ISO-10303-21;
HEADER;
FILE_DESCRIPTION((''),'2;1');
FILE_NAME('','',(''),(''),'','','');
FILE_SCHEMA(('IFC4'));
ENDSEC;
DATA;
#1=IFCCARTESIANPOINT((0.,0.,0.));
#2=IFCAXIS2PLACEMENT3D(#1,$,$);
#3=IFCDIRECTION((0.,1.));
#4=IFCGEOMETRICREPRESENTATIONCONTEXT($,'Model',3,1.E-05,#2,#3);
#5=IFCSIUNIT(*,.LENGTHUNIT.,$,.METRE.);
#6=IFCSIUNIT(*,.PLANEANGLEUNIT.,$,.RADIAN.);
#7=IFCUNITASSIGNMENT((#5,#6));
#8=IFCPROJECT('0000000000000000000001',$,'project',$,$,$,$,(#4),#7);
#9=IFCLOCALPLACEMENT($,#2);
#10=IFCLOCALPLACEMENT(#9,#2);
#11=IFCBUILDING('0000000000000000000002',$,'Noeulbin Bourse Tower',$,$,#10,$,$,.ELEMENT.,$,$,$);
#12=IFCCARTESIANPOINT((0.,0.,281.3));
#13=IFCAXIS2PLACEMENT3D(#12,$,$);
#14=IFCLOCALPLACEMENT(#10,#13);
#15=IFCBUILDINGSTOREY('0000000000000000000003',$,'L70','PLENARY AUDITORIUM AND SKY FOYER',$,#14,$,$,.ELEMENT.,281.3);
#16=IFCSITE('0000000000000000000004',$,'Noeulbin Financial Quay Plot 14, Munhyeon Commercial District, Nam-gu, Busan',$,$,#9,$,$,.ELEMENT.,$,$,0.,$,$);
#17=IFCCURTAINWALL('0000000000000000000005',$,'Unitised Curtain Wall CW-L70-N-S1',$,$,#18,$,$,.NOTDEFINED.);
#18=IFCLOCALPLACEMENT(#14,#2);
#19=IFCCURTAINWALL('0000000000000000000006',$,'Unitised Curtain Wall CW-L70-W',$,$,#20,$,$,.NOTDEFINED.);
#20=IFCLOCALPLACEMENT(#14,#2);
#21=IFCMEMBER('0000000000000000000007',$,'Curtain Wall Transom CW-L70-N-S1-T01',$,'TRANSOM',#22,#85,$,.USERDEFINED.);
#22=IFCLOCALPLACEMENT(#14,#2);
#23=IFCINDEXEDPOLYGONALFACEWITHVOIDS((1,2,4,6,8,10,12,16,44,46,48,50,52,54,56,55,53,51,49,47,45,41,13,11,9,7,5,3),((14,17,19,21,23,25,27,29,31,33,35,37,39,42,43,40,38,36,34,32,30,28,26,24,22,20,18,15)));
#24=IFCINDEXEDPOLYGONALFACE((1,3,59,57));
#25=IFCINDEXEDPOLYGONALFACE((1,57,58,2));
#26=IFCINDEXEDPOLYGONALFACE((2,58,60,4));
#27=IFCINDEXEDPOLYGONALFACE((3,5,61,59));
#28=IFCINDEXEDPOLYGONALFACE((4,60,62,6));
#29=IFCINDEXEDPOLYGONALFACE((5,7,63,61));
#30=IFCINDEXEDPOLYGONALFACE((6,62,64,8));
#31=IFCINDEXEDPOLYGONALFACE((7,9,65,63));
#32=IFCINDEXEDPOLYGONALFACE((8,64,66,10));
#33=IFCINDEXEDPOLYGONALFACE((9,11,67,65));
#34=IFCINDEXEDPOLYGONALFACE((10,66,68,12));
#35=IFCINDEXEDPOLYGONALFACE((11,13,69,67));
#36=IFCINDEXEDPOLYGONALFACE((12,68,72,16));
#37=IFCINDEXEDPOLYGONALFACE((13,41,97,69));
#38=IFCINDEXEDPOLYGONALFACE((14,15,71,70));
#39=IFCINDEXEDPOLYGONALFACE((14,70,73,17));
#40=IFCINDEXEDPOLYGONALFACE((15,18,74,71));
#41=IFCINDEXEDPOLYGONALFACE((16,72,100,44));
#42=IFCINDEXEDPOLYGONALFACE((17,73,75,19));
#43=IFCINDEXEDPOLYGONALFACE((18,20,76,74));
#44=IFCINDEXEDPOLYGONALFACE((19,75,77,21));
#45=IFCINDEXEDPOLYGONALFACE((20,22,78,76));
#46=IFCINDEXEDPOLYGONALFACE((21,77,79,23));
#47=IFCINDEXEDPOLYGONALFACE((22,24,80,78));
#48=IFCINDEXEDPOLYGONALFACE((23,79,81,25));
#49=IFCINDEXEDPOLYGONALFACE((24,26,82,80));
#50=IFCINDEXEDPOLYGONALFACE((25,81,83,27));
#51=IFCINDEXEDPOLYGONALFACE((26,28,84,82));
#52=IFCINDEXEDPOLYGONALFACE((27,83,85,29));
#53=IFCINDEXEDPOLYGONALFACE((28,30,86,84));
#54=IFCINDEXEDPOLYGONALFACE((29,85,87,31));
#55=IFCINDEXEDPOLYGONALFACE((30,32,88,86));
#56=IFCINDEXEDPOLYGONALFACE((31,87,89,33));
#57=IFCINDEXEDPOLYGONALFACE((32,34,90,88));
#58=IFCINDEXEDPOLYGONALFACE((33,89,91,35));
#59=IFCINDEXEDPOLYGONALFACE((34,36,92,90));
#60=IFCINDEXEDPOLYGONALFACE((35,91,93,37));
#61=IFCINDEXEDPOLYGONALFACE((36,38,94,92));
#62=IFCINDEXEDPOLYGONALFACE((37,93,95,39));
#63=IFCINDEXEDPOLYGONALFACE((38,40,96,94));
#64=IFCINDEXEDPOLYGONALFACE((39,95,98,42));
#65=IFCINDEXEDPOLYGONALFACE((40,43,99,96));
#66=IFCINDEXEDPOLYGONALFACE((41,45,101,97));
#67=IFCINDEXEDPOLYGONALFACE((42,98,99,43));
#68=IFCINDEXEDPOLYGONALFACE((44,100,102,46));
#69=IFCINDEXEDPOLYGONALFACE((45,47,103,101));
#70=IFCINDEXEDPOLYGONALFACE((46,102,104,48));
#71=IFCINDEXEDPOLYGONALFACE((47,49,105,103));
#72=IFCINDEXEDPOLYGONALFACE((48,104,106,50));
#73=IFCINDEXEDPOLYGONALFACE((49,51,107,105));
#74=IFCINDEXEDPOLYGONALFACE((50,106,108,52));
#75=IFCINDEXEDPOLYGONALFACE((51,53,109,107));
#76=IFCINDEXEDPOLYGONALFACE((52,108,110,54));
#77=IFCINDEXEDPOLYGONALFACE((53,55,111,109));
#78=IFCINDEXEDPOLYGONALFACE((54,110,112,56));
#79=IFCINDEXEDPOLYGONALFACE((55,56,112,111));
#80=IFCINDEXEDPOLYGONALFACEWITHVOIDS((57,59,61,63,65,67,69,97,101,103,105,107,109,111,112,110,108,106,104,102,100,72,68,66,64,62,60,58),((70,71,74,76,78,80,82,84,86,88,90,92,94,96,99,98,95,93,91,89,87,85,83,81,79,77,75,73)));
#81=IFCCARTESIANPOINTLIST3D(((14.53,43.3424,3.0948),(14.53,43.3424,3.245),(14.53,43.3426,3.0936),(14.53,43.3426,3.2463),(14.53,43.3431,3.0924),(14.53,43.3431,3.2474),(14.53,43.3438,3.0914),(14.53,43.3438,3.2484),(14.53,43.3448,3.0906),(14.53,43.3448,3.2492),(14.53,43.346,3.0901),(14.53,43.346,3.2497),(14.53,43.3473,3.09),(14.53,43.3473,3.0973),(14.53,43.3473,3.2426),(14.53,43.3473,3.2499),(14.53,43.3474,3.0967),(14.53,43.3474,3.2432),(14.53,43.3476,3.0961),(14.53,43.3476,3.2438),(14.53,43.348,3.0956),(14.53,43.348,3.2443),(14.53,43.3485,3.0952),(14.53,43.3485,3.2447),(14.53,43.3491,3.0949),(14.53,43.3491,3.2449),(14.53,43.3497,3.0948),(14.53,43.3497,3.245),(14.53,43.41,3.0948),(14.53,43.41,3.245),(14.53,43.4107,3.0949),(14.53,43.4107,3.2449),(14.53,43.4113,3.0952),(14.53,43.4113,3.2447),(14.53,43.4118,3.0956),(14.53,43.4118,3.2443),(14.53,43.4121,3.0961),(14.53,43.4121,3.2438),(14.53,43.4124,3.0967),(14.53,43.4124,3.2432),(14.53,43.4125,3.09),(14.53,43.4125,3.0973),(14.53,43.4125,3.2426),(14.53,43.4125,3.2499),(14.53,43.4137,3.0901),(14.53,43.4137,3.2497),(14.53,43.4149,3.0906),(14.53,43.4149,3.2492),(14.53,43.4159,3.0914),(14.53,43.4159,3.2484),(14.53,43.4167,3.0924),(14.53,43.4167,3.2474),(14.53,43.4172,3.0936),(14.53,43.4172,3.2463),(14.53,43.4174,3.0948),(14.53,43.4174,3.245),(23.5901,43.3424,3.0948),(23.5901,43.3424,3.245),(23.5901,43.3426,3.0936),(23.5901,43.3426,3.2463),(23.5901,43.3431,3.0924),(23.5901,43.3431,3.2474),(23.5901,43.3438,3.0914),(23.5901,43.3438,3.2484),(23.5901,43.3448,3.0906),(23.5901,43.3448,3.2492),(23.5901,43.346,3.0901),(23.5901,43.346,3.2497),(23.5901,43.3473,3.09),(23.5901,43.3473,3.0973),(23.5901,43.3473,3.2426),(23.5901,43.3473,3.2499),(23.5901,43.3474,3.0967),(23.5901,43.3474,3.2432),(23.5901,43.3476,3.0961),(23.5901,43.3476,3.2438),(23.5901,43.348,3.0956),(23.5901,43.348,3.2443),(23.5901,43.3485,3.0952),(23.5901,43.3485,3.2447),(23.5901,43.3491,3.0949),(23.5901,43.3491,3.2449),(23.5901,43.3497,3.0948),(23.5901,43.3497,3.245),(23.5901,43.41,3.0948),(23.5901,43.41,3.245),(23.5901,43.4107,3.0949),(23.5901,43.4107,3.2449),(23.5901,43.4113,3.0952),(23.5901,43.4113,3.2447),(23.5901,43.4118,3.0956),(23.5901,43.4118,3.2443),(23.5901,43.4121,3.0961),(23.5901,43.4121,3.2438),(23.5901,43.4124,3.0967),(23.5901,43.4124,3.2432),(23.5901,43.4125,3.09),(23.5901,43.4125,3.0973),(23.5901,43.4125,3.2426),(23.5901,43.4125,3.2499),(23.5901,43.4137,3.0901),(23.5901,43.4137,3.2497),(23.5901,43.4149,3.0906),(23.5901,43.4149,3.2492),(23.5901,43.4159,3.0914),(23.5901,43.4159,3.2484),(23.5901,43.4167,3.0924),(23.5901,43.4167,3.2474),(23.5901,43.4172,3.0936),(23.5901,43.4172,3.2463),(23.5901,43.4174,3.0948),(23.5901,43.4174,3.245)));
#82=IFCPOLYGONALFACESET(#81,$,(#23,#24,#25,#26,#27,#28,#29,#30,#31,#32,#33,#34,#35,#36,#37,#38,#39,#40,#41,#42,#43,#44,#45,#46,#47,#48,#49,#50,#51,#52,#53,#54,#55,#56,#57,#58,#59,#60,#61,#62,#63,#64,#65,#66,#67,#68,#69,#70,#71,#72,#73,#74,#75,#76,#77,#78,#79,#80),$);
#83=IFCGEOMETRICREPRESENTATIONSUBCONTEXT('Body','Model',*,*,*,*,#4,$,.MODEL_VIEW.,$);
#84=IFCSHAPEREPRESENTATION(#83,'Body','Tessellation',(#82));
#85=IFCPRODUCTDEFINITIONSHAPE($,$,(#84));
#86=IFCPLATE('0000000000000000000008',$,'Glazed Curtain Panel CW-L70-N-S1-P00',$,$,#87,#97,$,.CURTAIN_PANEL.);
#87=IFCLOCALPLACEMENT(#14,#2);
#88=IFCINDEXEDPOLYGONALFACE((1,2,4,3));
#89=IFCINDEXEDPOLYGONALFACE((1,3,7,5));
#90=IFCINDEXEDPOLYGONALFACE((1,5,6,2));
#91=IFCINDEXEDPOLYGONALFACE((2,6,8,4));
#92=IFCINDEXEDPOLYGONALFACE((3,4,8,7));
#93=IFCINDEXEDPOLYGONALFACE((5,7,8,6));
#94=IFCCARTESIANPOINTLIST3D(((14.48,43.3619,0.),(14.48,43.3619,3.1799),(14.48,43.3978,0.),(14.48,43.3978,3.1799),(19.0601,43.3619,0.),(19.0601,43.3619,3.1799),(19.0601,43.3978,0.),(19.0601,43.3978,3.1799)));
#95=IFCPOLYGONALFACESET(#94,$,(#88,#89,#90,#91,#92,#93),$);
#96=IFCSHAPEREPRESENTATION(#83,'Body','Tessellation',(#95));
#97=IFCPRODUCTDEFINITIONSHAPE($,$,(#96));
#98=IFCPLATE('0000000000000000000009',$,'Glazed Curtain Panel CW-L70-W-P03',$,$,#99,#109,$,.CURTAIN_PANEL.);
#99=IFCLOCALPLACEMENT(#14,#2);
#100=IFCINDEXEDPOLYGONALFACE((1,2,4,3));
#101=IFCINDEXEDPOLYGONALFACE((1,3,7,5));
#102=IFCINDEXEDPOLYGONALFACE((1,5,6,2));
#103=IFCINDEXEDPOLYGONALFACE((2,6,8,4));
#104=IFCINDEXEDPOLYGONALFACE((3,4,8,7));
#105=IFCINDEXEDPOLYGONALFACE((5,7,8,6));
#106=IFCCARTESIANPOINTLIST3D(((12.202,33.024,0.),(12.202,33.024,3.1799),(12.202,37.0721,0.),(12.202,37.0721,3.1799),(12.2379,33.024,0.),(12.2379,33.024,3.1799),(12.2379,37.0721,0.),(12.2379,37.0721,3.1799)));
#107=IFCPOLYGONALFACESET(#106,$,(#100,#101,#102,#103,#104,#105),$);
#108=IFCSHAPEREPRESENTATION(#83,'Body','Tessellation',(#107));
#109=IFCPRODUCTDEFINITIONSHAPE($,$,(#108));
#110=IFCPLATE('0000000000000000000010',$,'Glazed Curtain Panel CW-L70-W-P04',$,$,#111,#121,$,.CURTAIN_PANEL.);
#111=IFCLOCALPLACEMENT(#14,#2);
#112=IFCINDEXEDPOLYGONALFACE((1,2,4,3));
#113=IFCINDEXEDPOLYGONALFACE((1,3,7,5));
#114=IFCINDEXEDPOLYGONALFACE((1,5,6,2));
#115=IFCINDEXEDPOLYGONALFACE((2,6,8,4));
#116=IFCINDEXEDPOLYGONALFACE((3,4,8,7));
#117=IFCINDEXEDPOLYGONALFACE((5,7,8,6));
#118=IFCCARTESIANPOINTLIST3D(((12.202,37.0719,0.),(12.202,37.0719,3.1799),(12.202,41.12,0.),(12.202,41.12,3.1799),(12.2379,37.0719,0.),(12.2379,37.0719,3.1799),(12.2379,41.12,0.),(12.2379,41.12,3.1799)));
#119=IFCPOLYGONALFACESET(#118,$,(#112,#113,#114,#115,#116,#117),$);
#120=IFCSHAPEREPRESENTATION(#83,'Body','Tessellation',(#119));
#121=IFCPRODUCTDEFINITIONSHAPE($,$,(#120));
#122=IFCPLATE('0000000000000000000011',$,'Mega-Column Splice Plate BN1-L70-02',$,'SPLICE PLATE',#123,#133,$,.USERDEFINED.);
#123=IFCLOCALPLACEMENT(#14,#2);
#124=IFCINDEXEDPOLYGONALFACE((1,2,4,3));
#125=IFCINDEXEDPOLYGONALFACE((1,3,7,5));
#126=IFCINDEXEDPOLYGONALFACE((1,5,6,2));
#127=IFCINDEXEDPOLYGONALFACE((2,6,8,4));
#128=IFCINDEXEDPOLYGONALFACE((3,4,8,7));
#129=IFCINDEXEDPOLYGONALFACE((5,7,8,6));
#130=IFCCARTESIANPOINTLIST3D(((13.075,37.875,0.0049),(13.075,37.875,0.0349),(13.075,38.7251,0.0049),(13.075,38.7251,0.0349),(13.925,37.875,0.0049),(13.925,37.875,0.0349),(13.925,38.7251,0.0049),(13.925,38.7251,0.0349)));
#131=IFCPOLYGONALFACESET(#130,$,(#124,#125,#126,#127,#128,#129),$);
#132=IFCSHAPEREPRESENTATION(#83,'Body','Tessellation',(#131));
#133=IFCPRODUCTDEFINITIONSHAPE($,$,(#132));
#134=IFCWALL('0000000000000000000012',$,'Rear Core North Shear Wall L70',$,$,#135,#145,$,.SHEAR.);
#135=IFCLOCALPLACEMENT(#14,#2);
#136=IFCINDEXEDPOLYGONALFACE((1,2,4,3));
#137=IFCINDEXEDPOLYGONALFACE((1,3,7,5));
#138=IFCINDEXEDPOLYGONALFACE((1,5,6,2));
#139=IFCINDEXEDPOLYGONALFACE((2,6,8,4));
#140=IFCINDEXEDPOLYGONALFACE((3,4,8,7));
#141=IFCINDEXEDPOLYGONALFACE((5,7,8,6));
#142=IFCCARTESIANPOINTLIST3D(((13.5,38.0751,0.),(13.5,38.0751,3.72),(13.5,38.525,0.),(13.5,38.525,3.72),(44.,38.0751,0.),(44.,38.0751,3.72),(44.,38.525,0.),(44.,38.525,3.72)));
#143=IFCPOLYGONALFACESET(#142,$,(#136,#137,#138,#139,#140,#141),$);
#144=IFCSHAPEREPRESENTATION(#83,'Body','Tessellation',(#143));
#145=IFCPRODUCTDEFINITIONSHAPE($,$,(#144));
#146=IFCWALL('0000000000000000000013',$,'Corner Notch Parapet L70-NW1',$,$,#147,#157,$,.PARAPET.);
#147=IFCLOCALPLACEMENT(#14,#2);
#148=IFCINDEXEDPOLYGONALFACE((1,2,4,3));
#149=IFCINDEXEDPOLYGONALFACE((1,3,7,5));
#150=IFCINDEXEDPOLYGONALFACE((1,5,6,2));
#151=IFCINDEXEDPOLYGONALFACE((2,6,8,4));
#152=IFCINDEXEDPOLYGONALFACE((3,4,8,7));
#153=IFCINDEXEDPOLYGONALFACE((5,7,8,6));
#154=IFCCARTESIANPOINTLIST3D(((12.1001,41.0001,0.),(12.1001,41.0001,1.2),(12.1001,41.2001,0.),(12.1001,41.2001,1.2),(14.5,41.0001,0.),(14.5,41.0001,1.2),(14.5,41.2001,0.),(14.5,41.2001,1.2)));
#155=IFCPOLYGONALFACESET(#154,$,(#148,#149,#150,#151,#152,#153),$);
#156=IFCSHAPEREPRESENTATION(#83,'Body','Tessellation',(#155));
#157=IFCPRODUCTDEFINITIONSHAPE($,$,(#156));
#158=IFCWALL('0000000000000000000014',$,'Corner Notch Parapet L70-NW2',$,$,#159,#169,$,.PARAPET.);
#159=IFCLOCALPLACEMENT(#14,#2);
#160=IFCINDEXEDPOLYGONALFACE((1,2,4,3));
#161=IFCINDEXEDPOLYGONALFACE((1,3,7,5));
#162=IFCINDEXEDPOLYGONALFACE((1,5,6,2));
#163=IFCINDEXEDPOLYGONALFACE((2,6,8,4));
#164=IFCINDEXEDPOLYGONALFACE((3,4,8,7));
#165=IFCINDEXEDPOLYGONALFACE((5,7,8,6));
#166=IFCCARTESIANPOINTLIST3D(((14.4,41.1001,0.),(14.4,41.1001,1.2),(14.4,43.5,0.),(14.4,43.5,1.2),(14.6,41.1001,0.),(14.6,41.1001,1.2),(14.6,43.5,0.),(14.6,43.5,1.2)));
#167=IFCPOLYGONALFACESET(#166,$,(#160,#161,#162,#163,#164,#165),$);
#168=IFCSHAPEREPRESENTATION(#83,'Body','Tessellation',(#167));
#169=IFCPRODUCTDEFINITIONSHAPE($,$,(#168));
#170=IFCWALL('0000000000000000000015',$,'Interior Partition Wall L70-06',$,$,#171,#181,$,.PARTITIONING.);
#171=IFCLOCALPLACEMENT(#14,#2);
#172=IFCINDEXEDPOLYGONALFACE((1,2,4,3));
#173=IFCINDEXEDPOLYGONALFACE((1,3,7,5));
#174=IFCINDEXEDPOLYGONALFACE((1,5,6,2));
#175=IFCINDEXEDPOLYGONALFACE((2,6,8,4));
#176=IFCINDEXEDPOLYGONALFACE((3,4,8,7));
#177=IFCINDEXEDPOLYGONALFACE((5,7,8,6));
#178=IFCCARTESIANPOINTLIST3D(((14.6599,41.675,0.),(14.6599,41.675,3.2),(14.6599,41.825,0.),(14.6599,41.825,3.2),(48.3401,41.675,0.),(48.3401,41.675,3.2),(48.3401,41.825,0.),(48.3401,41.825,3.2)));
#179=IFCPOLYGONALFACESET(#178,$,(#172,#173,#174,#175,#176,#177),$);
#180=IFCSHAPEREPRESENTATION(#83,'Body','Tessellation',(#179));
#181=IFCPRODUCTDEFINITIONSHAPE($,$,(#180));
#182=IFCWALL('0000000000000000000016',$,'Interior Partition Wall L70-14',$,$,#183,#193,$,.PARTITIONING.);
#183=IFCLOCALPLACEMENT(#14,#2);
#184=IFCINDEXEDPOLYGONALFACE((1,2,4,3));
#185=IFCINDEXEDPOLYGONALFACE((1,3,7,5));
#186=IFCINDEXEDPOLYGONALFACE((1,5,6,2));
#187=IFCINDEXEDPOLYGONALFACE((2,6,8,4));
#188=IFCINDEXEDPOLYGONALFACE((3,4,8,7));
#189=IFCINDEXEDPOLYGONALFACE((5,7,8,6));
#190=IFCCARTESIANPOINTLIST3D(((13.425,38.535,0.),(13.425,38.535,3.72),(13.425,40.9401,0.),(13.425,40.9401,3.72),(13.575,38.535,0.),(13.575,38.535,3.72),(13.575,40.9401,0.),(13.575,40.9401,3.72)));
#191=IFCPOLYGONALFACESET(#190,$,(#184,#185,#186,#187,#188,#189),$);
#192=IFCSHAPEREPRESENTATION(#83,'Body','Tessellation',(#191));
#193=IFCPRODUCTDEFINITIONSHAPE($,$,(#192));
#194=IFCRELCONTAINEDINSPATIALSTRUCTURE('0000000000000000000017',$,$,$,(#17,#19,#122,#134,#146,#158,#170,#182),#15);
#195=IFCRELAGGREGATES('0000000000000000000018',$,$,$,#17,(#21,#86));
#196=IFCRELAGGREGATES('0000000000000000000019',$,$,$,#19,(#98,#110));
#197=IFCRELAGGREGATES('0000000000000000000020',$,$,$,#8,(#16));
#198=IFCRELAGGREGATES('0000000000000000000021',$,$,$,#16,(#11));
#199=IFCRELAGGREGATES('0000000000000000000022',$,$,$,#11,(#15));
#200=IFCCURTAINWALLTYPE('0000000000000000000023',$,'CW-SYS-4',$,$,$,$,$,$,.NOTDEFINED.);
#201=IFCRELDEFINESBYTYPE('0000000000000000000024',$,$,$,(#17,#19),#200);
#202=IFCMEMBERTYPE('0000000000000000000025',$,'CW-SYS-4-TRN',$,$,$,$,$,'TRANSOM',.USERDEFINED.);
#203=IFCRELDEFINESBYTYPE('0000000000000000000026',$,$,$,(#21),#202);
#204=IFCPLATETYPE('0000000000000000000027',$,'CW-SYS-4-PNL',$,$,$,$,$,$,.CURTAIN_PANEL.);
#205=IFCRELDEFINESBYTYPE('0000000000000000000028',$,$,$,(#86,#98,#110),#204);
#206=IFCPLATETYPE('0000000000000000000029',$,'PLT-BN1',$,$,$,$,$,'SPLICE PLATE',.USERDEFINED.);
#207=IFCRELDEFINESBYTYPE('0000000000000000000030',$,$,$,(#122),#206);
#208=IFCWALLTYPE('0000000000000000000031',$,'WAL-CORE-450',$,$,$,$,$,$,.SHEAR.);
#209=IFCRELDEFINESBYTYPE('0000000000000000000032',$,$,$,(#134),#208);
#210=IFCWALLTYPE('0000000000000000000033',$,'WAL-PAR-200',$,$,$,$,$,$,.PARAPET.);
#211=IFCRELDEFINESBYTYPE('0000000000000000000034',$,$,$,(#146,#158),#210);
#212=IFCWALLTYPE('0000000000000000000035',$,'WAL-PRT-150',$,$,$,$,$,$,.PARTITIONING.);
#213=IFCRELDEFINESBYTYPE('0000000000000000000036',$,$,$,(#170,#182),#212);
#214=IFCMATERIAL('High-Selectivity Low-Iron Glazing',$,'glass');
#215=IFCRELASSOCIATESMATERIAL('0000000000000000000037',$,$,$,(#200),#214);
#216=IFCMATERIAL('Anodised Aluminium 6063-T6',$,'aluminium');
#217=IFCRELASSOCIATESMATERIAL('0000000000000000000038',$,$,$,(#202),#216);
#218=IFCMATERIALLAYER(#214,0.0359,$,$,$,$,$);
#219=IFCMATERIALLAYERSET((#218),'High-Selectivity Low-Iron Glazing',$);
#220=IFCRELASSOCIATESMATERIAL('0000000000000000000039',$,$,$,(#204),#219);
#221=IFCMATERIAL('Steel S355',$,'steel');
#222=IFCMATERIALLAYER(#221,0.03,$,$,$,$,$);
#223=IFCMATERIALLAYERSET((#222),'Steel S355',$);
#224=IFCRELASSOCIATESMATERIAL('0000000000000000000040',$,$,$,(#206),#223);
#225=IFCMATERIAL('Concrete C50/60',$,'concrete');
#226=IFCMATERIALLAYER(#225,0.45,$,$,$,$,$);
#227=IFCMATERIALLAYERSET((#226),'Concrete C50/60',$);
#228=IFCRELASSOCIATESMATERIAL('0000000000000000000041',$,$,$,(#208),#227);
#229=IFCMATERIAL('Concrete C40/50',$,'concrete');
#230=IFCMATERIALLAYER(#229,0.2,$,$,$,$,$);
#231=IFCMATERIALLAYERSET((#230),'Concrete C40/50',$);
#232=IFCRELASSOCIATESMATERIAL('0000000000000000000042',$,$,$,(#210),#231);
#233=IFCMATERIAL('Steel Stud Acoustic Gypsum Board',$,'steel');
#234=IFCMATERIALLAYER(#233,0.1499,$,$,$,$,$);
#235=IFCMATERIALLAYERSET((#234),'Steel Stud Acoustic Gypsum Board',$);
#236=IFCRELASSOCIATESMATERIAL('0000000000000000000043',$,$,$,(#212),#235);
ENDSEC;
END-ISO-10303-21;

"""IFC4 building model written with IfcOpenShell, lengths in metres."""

from ifc_helpers import new_model, si_unit, direction, frame, frame_2d, origin, origin_2d, place, context, subcontext, project, spatial, rectangle, hollow_rectangle, extrude, material, layer, layer_set, material_profile, profile_set, type_object, element, aggregate, save


model = new_model("IFC4")

# Units and contexts
model_context = context("Model", 3, precision=1e-05, world=origin(), true_north=direction((0.0, 1.0)))
body_context = subcontext(model_context, "Body", "Model", "MODEL_VIEW")
ifc_project = project(units=[si_unit("LENGTHUNIT", "METRE"), si_unit("PLANEANGLEUNIT", "RADIAN")], contexts=[model_context])

# Site, building, storey
site_placement = place(None, origin())
site = spatial("IfcSite", under=ifc_project, at=site_placement, Name="Noeulbin Financial Quay Plot 14, Munhyeon Commercial District, Nam-gu, Busan", CompositionType="ELEMENT", RefElevation=0.0)
building_placement = place(site_placement, origin())
building = spatial("IfcBuilding", under=site, at=building_placement, Name="Noeulbin Bourse Tower", CompositionType="ELEMENT")
storey_placement = place(building_placement, frame((0.0, 0.0, 281.3)))
storey = spatial("IfcBuildingStorey", under=building, at=storey_placement, Name="L70", Description="PLENARY AUDITORIUM AND SKY FOYER", CompositionType="ELEMENT", Elevation=281.3)

# Shared definitions
ifc_material_1 = material(Name="Steel S355", Category="steel")

# Curtain wall
ifc_material_2 = material(Name="High-Selectivity Low-Iron Glazing", Category="glass")
curtain_wall_type = type_object("IfcCurtainWallType", Name="CW-SYS-4", PredefinedType="NOTDEFINED", material=ifc_material_2)
curtain_wall_1_placement = place(storey_placement, origin())
curtain_wall_1 = element("IfcCurtainWall", 1, at=curtain_wall_1_placement, inside=storey, type_object=curtain_wall_type, Name="Unitised Curtain Wall CW-L70-N-S1", PredefinedType="NOTDEFINED")
ifc_material_3 = material(Name="Anodised Aluminium 6063-T6", Category="aluminium")

# Curtain wall
curtain_wall_2_placement = place(storey_placement, origin())
curtain_wall_2 = element("IfcCurtainWall", 2, at=curtain_wall_2_placement, inside=storey, type_object=curtain_wall_type, Name="Unitised Curtain Wall CW-L70-W", PredefinedType="NOTDEFINED")

# Member
ifc_material_profile_1 = material_profile(ifc_material_3, hollow_rectangle(XDim=0.075, YDim=0.1599, WallThickness=0.0049, InnerFilletRadius=0.0024, OuterFilletRadius=0.0049, at=origin_2d()), Name="ALU-TRAN-75x160x5", Category="LoadBearing")
ifc_profile_set_1 = profile_set([ifc_material_profile_1], Name="Anodised Aluminium 6063-T6")
member_type_1 = type_object("IfcMemberType", Name="CW-SYS-4-TRN", ElementType="TRANSOM", PredefinedType="USERDEFINED", material=ifc_profile_set_1)
member_1_placement = place(storey_placement, frame((14.53, 43.3799, 3.1699), z_axis=(1.0, 0.0, 0.0), x_axis=(0.0, 1.0, 0.0)))
member_1 = element("IfcMember", 3, at=member_1_placement, type_object=member_type_1, Name="Curtain Wall Transom CW-L70-N-S1-T01", ObjectType="TRANSOM", PredefinedType="USERDEFINED", context=body_context, shape_type="SweptSolid", body=[
    extrude(hollow_rectangle(XDim=0.075, YDim=0.1599, WallThickness=0.0049, InnerFilletRadius=0.0024, OuterFilletRadius=0.0049, at=origin_2d()), origin(), (0.0, 0.0, 1.0), 9.0601),
])

# Plates
ifc_layer_1 = layer(ifc_material_2, 0.0359)
ifc_layer_set_1 = layer_set([ifc_layer_1], Name="High-Selectivity Low-Iron Glazing")
plate_type_1 = type_object("IfcPlateType", Name="CW-SYS-4-PNL", PredefinedType="CURTAIN_PANEL", material=ifc_layer_set_1)
plate_1_placement = place(storey_placement, frame((16.77, 43.3799, 0.0), z_axis=(0.0, 0.0, 1.0), x_axis=(1.0, 0.0, 0.0)))
plate_1 = element("IfcPlate", 4, at=plate_1_placement, type_object=plate_type_1, Name="Glazed Curtain Panel CW-L70-N-S1-P00", PredefinedType="CURTAIN_PANEL", context=body_context, shape_type="SweptSolid", body=[
    extrude(rectangle(XDim=4.5801, YDim=0.0359, at=origin_2d()), origin(), (0.0, 0.0, 1.0), 3.1799),
])
aggregate(curtain_wall_1, [member_1, plate_1])
plate_2_placement = place(storey_placement, frame((12.22, 35.0481, 0.0), z_axis=(0.0, 0.0, 1.0), x_axis=(0.0, 1.0, 0.0)))
plate_2 = element("IfcPlate", 5, at=plate_2_placement, type_object=plate_type_1, Name="Glazed Curtain Panel CW-L70-W-P03", PredefinedType="CURTAIN_PANEL", context=body_context, shape_type="SweptSolid", body=[
    extrude(rectangle(XDim=4.0481, YDim=0.0359, at=origin_2d()), origin(), (0.0, 0.0, 1.0), 3.1799),
])
plate_3_placement = place(storey_placement, frame((12.22, 39.0959, 0.0), z_axis=(0.0, 0.0, 1.0), x_axis=(0.0, 1.0, 0.0)))
plate_3 = element("IfcPlate", 6, at=plate_3_placement, type_object=plate_type_1, Name="Glazed Curtain Panel CW-L70-W-P04", PredefinedType="CURTAIN_PANEL", context=body_context, shape_type="SweptSolid", body=[
    extrude(rectangle(XDim=4.0481, YDim=0.0359, at=origin_2d()), origin(), (0.0, 0.0, 1.0), 3.1799),
])
aggregate(curtain_wall_2, [plate_2, plate_3])
ifc_layer_2 = layer(ifc_material_1, 0.03)
ifc_layer_set_2 = layer_set([ifc_layer_2], Name="Steel S355")
plate_type_2 = type_object("IfcPlateType", Name="PLT-BN1", ElementType="SPLICE PLATE", PredefinedType="USERDEFINED", material=ifc_layer_set_2)
plate_4_placement = place(storey_placement, frame((13.5, 38.3, 0.0049), z_axis=(0.0, 0.0, 1.0), x_axis=(1.0, 0.0, 0.0)))
element("IfcPlate", 7, at=plate_4_placement, inside=storey, type_object=plate_type_2, Name="Mega-Column Splice Plate BN1-L70-02", ObjectType="SPLICE PLATE", PredefinedType="USERDEFINED", context=body_context, shape_type="SweptSolid", body=[
    extrude(rectangle(XDim=0.8501, YDim=0.8501, at=origin_2d()), origin(), (0.0, 0.0, 1.0), 0.03),
])

# Walls
ifc_material_4 = material(Name="Concrete C50/60", Category="concrete")
ifc_layer_3 = layer(ifc_material_4, 0.45)
ifc_layer_set_3 = layer_set([ifc_layer_3], Name="Concrete C50/60")
wall_type_1 = type_object("IfcWallType", Name="WAL-CORE-450", PredefinedType="SHEAR", material=ifc_layer_set_3)
wall_1_placement = place(storey_placement, frame((13.5, 38.3, 0.0), z_axis=(0.0, 0.0, 1.0), x_axis=(1.0, 0.0, 0.0)))
element("IfcWall", 8, at=wall_1_placement, inside=storey, type_object=wall_type_1, Name="Rear Core North Shear Wall L70", PredefinedType="SHEAR", context=body_context, shape_type="SweptSolid", body=[
    extrude(rectangle(XDim=30.5, YDim=0.45, at=frame_2d((15.25, 0.0))), origin(), (0.0, 0.0, 1.0), 3.72),
])
ifc_material_5 = material(Name="Concrete C40/50", Category="concrete")
ifc_layer_4 = layer(ifc_material_5, 0.2)
ifc_layer_set_4 = layer_set([ifc_layer_4], Name="Concrete C40/50")
wall_type_2 = type_object("IfcWallType", Name="WAL-PAR-200", PredefinedType="PARAPET", material=ifc_layer_set_4)
for number, where, z_axis, x_axis, name in (
    (9, (12.1001, 41.1001, 0.0), (0.0, 0.0, 1.0), (1.0, 0.0, 0.0), "Corner Notch Parapet L70-NW1"),
    (10, (14.5, 41.1001, 0.0), (0.0, 0.0, 1.0), (0.0, 1.0, 0.0), "Corner Notch Parapet L70-NW2"),
):
    element("IfcWall", number, at=place(storey_placement, frame(where, z_axis=z_axis, x_axis=x_axis)), inside=storey, type_object=wall_type_2, Name=name, PredefinedType="PARAPET", context=body_context, shape_type="SweptSolid", body=[
        extrude(rectangle(XDim=2.3999, YDim=0.2, at=frame_2d((1.2, 0.0))), origin(), (0.0, 0.0, 1.0), 1.2),
    ])
ifc_material_6 = material(Name="Steel Stud Acoustic Gypsum Board", Category="steel")
ifc_layer_5 = layer(ifc_material_6, 0.1499)
ifc_layer_set_5 = layer_set([ifc_layer_5], Name="Steel Stud Acoustic Gypsum Board")
wall_type_3 = type_object("IfcWallType", Name="WAL-PRT-150", PredefinedType="PARTITIONING", material=ifc_layer_set_5)
wall_2_placement = place(storey_placement, frame((14.6599, 41.75, 0.0), z_axis=(0.0, 0.0, 1.0), x_axis=(1.0, 0.0, 0.0)))
element("IfcWall", 11, at=wall_2_placement, inside=storey, type_object=wall_type_3, Name="Interior Partition Wall L70-06", PredefinedType="PARTITIONING", context=body_context, shape_type="SweptSolid", body=[
    extrude(rectangle(XDim=33.6802, YDim=0.1499, at=frame_2d((16.8401, 0.0))), origin(), (0.0, 0.0, 1.0), 3.2),
])
wall_3_placement = place(storey_placement, frame((13.5, 38.5349, 0.0), z_axis=(0.0, 0.0, 1.0), x_axis=(0.0, 1.0, 0.0)))
element("IfcWall", 12, at=wall_3_placement, inside=storey, type_object=wall_type_3, Name="Interior Partition Wall L70-14", PredefinedType="PARTITIONING", context=body_context, shape_type="SweptSolid", body=[
    extrude(rectangle(XDim=2.405, YDim=0.1499, at=frame_2d((1.2026, 0.0))), origin(), (0.0, 0.0, 1.0), 3.72),
])

save(model, "model.ifc")
